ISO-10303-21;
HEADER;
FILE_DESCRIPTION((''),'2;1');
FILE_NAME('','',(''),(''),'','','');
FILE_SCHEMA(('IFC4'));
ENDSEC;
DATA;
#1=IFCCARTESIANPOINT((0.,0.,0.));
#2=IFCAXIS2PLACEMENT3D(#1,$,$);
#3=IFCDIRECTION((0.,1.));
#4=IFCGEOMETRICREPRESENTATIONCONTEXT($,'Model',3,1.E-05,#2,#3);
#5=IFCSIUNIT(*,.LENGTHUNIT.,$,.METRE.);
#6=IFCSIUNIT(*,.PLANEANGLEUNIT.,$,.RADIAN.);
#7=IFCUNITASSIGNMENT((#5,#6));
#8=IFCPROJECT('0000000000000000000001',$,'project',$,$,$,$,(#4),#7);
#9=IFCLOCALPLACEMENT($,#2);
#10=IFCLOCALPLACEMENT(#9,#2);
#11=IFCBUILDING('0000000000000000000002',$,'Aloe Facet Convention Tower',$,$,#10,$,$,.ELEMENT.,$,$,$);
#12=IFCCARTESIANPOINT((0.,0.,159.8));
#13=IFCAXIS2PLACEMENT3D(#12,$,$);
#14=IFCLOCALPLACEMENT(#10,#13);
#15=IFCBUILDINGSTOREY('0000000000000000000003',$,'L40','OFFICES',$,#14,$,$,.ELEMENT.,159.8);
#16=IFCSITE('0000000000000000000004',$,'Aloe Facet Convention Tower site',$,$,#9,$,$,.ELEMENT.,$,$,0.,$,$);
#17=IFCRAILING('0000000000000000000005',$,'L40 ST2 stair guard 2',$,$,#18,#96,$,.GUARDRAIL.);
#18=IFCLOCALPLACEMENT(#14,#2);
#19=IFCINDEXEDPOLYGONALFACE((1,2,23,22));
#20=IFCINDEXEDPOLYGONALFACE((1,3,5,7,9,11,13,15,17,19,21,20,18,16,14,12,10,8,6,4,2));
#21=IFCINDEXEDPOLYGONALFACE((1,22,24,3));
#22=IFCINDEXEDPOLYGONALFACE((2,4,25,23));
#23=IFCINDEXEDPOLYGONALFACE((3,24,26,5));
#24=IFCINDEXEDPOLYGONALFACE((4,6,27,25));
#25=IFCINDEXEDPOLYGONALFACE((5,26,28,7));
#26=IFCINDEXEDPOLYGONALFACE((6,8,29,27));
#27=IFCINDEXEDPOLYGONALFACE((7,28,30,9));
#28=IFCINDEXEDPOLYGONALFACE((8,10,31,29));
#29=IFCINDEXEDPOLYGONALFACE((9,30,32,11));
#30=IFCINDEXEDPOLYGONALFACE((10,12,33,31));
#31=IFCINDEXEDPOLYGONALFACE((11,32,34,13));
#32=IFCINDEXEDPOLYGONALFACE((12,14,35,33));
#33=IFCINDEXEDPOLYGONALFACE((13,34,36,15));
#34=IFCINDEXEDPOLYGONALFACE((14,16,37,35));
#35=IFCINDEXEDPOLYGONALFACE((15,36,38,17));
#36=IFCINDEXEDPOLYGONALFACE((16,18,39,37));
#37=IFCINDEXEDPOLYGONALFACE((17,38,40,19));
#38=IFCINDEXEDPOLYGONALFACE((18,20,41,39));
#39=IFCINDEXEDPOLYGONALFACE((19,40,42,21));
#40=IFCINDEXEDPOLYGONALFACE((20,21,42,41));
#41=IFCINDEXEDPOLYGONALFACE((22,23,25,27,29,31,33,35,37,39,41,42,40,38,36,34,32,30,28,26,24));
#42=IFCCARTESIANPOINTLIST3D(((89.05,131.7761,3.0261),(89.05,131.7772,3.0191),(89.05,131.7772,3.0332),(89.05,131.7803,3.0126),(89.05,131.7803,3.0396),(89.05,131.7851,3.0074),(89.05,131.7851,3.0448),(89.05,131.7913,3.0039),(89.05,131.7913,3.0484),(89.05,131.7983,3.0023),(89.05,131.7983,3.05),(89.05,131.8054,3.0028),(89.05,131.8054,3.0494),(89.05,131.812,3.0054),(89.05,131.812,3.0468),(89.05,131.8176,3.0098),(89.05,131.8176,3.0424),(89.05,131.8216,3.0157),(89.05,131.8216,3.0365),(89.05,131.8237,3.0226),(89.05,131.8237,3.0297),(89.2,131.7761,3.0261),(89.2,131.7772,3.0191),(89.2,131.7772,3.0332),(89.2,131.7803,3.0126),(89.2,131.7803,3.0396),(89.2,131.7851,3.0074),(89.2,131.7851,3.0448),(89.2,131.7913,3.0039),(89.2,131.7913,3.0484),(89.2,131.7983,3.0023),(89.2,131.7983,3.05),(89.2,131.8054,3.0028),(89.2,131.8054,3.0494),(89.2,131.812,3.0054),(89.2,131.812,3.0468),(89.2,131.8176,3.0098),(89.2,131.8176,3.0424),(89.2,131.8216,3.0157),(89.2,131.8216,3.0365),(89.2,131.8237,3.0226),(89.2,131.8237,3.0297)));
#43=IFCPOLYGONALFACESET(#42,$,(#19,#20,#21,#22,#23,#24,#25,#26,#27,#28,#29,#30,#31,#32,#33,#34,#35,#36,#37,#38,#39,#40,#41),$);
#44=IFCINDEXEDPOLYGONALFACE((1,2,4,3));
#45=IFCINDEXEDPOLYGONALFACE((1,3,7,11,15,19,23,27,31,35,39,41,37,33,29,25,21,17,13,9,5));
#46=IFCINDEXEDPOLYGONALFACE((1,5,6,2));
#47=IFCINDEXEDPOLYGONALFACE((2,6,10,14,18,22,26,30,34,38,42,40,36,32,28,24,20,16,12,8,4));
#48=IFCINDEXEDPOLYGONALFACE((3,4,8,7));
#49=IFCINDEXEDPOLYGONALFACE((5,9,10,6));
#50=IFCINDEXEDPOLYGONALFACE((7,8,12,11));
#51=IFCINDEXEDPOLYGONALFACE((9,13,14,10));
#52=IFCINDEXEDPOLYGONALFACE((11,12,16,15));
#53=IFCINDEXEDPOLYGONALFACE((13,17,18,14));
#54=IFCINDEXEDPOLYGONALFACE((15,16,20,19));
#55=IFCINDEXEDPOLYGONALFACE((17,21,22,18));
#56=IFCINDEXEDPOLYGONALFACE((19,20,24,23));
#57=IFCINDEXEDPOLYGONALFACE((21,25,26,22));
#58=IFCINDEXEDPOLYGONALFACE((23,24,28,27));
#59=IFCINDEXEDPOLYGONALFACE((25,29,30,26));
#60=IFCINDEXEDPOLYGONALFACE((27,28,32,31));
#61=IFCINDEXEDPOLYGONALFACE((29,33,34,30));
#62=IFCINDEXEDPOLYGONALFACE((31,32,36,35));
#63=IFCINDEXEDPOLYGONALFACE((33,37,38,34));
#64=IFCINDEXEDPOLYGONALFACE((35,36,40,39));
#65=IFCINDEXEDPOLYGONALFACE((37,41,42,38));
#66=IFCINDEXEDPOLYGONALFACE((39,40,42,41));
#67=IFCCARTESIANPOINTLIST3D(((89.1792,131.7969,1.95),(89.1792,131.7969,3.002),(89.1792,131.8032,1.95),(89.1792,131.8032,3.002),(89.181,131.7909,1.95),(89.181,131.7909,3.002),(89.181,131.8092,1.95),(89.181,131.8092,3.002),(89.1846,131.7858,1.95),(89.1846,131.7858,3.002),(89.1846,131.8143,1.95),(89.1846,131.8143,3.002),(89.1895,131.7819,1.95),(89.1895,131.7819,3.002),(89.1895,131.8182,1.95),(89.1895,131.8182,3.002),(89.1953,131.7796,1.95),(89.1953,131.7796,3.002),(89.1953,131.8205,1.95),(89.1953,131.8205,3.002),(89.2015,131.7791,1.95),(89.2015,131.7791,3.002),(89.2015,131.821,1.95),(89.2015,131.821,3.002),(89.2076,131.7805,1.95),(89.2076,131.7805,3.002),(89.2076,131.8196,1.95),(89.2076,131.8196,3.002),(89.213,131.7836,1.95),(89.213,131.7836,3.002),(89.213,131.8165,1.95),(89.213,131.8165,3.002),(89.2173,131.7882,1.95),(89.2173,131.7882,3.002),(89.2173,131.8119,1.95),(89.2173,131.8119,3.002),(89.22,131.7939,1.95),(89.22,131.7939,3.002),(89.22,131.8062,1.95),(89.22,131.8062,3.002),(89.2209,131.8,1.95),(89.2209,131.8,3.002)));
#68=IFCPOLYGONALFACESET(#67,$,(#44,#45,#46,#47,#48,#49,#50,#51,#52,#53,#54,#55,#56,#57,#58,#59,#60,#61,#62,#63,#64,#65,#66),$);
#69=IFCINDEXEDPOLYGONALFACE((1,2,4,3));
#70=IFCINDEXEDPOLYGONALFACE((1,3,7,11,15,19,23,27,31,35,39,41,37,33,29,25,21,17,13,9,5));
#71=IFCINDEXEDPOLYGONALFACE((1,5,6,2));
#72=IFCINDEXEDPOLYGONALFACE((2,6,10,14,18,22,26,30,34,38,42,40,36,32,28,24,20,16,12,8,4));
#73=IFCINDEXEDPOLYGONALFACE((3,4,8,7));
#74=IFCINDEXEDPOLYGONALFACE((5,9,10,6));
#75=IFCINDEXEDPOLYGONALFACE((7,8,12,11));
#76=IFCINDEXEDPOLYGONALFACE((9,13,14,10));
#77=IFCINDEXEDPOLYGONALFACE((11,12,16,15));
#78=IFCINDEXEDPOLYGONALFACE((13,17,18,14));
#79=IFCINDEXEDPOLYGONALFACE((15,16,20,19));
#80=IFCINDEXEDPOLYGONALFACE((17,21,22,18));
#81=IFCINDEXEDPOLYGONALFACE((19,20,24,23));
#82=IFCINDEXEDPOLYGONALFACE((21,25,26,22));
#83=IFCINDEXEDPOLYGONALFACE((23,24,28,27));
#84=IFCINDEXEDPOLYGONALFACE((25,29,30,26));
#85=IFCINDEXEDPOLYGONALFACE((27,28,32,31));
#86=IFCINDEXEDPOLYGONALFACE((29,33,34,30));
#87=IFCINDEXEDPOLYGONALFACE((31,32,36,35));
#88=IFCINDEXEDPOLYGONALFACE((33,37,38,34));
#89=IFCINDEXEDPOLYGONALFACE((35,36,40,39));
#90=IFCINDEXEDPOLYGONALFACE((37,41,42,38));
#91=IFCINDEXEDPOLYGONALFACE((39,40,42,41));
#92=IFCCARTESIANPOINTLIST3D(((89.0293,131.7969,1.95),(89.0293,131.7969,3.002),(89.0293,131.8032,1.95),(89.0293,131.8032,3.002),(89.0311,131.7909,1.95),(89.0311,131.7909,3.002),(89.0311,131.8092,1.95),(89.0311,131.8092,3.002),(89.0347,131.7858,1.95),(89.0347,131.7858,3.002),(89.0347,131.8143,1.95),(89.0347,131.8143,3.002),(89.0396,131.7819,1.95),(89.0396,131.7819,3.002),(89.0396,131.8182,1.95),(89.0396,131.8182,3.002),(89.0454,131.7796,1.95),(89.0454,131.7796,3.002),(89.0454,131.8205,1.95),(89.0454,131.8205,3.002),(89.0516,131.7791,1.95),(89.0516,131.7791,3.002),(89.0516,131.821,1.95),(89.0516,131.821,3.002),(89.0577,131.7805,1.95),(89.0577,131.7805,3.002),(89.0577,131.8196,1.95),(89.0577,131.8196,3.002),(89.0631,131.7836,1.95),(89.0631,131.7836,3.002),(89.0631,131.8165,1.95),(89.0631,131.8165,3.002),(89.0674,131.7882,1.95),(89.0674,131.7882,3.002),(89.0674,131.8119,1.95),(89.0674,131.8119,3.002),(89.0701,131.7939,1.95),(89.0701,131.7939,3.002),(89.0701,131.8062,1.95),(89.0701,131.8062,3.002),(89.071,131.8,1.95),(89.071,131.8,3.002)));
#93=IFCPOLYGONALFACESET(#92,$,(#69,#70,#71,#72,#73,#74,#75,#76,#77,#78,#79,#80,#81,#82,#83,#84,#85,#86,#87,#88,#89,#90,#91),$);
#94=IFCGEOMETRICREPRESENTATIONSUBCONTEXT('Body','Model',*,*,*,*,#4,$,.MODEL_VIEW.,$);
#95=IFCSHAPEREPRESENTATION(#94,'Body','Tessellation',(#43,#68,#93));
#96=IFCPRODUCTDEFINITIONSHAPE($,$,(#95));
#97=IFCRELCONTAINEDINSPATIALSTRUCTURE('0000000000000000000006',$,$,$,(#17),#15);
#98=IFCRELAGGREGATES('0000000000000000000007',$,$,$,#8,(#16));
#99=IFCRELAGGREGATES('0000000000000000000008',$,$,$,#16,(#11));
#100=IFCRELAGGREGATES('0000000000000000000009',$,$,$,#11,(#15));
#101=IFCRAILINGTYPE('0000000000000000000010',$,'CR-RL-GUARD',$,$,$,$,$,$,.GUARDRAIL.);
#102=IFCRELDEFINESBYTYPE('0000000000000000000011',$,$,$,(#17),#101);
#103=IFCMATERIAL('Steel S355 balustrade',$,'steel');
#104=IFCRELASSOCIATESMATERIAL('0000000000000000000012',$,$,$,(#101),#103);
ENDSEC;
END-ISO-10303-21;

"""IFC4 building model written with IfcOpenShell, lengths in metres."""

from ifc_helpers import new_model, si_unit, direction, frame, origin, origin_2d, place, context, subcontext, project, spatial, circle, extrude, material, type_object, element, save


model = new_model("IFC4")

# Units and contexts
model_context = context("Model", 3, precision=1e-05, world=origin(), true_north=direction((0.0, 1.0)))
body_context = subcontext(model_context, "Body", "Model", "MODEL_VIEW")
ifc_project = project(units=[si_unit("LENGTHUNIT", "METRE"), si_unit("PLANEANGLEUNIT", "RADIAN")], contexts=[model_context])

# Site, building, storey
site_placement = place(None, origin())
site = spatial("IfcSite", under=ifc_project, at=site_placement, Name="Aloe Facet Convention Tower site", CompositionType="ELEMENT", RefElevation=0.0)
building_placement = place(site_placement, origin())
building = spatial("IfcBuilding", under=site, at=building_placement, Name="Aloe Facet Convention Tower", CompositionType="ELEMENT")
storey_placement = place(building_placement, frame((0.0, 0.0, 159.8)))
storey = spatial("IfcBuildingStorey", under=building, at=storey_placement, Name="L40", Description="OFFICES", CompositionType="ELEMENT", Elevation=159.8)

# Railing
ifc_material_1 = material(Name="Steel S355 balustrade", Category="steel")
railing_type_1 = type_object("IfcRailingType", Name="CR-RL-GUARD", PredefinedType="GUARDRAIL", material=ifc_material_1)
railing_1_placement = place(storey_placement, frame((89.2, 131.8, 1.95)))
element("IfcRailing", 1, at=railing_1_placement, inside=storey, type_object=railing_type_1, Name="L40 ST2 stair guard 2", PredefinedType="GUARDRAIL", context=body_context, shape_type="SweptSolid", body=[
    extrude(circle(Radius=0.0239, at=origin_2d()), frame((0.0, 0.0, 1.0762), z_axis=(-1.0, 0.0, 0.0), x_axis=(0.0, -1.0, 0.0)), (0.0, 0.0, 1.0), 0.1499),
    extrude(circle(Radius=0.021, at=origin_2d()), origin(), (0.0, 0.0, 1.0), 1.052),
    extrude(circle(Radius=0.021, at=origin_2d()), frame((-0.1499, 0.0, 0.0)), (0.0, 0.0, 1.0), 1.052),
])

save(model, "model.ifc")
